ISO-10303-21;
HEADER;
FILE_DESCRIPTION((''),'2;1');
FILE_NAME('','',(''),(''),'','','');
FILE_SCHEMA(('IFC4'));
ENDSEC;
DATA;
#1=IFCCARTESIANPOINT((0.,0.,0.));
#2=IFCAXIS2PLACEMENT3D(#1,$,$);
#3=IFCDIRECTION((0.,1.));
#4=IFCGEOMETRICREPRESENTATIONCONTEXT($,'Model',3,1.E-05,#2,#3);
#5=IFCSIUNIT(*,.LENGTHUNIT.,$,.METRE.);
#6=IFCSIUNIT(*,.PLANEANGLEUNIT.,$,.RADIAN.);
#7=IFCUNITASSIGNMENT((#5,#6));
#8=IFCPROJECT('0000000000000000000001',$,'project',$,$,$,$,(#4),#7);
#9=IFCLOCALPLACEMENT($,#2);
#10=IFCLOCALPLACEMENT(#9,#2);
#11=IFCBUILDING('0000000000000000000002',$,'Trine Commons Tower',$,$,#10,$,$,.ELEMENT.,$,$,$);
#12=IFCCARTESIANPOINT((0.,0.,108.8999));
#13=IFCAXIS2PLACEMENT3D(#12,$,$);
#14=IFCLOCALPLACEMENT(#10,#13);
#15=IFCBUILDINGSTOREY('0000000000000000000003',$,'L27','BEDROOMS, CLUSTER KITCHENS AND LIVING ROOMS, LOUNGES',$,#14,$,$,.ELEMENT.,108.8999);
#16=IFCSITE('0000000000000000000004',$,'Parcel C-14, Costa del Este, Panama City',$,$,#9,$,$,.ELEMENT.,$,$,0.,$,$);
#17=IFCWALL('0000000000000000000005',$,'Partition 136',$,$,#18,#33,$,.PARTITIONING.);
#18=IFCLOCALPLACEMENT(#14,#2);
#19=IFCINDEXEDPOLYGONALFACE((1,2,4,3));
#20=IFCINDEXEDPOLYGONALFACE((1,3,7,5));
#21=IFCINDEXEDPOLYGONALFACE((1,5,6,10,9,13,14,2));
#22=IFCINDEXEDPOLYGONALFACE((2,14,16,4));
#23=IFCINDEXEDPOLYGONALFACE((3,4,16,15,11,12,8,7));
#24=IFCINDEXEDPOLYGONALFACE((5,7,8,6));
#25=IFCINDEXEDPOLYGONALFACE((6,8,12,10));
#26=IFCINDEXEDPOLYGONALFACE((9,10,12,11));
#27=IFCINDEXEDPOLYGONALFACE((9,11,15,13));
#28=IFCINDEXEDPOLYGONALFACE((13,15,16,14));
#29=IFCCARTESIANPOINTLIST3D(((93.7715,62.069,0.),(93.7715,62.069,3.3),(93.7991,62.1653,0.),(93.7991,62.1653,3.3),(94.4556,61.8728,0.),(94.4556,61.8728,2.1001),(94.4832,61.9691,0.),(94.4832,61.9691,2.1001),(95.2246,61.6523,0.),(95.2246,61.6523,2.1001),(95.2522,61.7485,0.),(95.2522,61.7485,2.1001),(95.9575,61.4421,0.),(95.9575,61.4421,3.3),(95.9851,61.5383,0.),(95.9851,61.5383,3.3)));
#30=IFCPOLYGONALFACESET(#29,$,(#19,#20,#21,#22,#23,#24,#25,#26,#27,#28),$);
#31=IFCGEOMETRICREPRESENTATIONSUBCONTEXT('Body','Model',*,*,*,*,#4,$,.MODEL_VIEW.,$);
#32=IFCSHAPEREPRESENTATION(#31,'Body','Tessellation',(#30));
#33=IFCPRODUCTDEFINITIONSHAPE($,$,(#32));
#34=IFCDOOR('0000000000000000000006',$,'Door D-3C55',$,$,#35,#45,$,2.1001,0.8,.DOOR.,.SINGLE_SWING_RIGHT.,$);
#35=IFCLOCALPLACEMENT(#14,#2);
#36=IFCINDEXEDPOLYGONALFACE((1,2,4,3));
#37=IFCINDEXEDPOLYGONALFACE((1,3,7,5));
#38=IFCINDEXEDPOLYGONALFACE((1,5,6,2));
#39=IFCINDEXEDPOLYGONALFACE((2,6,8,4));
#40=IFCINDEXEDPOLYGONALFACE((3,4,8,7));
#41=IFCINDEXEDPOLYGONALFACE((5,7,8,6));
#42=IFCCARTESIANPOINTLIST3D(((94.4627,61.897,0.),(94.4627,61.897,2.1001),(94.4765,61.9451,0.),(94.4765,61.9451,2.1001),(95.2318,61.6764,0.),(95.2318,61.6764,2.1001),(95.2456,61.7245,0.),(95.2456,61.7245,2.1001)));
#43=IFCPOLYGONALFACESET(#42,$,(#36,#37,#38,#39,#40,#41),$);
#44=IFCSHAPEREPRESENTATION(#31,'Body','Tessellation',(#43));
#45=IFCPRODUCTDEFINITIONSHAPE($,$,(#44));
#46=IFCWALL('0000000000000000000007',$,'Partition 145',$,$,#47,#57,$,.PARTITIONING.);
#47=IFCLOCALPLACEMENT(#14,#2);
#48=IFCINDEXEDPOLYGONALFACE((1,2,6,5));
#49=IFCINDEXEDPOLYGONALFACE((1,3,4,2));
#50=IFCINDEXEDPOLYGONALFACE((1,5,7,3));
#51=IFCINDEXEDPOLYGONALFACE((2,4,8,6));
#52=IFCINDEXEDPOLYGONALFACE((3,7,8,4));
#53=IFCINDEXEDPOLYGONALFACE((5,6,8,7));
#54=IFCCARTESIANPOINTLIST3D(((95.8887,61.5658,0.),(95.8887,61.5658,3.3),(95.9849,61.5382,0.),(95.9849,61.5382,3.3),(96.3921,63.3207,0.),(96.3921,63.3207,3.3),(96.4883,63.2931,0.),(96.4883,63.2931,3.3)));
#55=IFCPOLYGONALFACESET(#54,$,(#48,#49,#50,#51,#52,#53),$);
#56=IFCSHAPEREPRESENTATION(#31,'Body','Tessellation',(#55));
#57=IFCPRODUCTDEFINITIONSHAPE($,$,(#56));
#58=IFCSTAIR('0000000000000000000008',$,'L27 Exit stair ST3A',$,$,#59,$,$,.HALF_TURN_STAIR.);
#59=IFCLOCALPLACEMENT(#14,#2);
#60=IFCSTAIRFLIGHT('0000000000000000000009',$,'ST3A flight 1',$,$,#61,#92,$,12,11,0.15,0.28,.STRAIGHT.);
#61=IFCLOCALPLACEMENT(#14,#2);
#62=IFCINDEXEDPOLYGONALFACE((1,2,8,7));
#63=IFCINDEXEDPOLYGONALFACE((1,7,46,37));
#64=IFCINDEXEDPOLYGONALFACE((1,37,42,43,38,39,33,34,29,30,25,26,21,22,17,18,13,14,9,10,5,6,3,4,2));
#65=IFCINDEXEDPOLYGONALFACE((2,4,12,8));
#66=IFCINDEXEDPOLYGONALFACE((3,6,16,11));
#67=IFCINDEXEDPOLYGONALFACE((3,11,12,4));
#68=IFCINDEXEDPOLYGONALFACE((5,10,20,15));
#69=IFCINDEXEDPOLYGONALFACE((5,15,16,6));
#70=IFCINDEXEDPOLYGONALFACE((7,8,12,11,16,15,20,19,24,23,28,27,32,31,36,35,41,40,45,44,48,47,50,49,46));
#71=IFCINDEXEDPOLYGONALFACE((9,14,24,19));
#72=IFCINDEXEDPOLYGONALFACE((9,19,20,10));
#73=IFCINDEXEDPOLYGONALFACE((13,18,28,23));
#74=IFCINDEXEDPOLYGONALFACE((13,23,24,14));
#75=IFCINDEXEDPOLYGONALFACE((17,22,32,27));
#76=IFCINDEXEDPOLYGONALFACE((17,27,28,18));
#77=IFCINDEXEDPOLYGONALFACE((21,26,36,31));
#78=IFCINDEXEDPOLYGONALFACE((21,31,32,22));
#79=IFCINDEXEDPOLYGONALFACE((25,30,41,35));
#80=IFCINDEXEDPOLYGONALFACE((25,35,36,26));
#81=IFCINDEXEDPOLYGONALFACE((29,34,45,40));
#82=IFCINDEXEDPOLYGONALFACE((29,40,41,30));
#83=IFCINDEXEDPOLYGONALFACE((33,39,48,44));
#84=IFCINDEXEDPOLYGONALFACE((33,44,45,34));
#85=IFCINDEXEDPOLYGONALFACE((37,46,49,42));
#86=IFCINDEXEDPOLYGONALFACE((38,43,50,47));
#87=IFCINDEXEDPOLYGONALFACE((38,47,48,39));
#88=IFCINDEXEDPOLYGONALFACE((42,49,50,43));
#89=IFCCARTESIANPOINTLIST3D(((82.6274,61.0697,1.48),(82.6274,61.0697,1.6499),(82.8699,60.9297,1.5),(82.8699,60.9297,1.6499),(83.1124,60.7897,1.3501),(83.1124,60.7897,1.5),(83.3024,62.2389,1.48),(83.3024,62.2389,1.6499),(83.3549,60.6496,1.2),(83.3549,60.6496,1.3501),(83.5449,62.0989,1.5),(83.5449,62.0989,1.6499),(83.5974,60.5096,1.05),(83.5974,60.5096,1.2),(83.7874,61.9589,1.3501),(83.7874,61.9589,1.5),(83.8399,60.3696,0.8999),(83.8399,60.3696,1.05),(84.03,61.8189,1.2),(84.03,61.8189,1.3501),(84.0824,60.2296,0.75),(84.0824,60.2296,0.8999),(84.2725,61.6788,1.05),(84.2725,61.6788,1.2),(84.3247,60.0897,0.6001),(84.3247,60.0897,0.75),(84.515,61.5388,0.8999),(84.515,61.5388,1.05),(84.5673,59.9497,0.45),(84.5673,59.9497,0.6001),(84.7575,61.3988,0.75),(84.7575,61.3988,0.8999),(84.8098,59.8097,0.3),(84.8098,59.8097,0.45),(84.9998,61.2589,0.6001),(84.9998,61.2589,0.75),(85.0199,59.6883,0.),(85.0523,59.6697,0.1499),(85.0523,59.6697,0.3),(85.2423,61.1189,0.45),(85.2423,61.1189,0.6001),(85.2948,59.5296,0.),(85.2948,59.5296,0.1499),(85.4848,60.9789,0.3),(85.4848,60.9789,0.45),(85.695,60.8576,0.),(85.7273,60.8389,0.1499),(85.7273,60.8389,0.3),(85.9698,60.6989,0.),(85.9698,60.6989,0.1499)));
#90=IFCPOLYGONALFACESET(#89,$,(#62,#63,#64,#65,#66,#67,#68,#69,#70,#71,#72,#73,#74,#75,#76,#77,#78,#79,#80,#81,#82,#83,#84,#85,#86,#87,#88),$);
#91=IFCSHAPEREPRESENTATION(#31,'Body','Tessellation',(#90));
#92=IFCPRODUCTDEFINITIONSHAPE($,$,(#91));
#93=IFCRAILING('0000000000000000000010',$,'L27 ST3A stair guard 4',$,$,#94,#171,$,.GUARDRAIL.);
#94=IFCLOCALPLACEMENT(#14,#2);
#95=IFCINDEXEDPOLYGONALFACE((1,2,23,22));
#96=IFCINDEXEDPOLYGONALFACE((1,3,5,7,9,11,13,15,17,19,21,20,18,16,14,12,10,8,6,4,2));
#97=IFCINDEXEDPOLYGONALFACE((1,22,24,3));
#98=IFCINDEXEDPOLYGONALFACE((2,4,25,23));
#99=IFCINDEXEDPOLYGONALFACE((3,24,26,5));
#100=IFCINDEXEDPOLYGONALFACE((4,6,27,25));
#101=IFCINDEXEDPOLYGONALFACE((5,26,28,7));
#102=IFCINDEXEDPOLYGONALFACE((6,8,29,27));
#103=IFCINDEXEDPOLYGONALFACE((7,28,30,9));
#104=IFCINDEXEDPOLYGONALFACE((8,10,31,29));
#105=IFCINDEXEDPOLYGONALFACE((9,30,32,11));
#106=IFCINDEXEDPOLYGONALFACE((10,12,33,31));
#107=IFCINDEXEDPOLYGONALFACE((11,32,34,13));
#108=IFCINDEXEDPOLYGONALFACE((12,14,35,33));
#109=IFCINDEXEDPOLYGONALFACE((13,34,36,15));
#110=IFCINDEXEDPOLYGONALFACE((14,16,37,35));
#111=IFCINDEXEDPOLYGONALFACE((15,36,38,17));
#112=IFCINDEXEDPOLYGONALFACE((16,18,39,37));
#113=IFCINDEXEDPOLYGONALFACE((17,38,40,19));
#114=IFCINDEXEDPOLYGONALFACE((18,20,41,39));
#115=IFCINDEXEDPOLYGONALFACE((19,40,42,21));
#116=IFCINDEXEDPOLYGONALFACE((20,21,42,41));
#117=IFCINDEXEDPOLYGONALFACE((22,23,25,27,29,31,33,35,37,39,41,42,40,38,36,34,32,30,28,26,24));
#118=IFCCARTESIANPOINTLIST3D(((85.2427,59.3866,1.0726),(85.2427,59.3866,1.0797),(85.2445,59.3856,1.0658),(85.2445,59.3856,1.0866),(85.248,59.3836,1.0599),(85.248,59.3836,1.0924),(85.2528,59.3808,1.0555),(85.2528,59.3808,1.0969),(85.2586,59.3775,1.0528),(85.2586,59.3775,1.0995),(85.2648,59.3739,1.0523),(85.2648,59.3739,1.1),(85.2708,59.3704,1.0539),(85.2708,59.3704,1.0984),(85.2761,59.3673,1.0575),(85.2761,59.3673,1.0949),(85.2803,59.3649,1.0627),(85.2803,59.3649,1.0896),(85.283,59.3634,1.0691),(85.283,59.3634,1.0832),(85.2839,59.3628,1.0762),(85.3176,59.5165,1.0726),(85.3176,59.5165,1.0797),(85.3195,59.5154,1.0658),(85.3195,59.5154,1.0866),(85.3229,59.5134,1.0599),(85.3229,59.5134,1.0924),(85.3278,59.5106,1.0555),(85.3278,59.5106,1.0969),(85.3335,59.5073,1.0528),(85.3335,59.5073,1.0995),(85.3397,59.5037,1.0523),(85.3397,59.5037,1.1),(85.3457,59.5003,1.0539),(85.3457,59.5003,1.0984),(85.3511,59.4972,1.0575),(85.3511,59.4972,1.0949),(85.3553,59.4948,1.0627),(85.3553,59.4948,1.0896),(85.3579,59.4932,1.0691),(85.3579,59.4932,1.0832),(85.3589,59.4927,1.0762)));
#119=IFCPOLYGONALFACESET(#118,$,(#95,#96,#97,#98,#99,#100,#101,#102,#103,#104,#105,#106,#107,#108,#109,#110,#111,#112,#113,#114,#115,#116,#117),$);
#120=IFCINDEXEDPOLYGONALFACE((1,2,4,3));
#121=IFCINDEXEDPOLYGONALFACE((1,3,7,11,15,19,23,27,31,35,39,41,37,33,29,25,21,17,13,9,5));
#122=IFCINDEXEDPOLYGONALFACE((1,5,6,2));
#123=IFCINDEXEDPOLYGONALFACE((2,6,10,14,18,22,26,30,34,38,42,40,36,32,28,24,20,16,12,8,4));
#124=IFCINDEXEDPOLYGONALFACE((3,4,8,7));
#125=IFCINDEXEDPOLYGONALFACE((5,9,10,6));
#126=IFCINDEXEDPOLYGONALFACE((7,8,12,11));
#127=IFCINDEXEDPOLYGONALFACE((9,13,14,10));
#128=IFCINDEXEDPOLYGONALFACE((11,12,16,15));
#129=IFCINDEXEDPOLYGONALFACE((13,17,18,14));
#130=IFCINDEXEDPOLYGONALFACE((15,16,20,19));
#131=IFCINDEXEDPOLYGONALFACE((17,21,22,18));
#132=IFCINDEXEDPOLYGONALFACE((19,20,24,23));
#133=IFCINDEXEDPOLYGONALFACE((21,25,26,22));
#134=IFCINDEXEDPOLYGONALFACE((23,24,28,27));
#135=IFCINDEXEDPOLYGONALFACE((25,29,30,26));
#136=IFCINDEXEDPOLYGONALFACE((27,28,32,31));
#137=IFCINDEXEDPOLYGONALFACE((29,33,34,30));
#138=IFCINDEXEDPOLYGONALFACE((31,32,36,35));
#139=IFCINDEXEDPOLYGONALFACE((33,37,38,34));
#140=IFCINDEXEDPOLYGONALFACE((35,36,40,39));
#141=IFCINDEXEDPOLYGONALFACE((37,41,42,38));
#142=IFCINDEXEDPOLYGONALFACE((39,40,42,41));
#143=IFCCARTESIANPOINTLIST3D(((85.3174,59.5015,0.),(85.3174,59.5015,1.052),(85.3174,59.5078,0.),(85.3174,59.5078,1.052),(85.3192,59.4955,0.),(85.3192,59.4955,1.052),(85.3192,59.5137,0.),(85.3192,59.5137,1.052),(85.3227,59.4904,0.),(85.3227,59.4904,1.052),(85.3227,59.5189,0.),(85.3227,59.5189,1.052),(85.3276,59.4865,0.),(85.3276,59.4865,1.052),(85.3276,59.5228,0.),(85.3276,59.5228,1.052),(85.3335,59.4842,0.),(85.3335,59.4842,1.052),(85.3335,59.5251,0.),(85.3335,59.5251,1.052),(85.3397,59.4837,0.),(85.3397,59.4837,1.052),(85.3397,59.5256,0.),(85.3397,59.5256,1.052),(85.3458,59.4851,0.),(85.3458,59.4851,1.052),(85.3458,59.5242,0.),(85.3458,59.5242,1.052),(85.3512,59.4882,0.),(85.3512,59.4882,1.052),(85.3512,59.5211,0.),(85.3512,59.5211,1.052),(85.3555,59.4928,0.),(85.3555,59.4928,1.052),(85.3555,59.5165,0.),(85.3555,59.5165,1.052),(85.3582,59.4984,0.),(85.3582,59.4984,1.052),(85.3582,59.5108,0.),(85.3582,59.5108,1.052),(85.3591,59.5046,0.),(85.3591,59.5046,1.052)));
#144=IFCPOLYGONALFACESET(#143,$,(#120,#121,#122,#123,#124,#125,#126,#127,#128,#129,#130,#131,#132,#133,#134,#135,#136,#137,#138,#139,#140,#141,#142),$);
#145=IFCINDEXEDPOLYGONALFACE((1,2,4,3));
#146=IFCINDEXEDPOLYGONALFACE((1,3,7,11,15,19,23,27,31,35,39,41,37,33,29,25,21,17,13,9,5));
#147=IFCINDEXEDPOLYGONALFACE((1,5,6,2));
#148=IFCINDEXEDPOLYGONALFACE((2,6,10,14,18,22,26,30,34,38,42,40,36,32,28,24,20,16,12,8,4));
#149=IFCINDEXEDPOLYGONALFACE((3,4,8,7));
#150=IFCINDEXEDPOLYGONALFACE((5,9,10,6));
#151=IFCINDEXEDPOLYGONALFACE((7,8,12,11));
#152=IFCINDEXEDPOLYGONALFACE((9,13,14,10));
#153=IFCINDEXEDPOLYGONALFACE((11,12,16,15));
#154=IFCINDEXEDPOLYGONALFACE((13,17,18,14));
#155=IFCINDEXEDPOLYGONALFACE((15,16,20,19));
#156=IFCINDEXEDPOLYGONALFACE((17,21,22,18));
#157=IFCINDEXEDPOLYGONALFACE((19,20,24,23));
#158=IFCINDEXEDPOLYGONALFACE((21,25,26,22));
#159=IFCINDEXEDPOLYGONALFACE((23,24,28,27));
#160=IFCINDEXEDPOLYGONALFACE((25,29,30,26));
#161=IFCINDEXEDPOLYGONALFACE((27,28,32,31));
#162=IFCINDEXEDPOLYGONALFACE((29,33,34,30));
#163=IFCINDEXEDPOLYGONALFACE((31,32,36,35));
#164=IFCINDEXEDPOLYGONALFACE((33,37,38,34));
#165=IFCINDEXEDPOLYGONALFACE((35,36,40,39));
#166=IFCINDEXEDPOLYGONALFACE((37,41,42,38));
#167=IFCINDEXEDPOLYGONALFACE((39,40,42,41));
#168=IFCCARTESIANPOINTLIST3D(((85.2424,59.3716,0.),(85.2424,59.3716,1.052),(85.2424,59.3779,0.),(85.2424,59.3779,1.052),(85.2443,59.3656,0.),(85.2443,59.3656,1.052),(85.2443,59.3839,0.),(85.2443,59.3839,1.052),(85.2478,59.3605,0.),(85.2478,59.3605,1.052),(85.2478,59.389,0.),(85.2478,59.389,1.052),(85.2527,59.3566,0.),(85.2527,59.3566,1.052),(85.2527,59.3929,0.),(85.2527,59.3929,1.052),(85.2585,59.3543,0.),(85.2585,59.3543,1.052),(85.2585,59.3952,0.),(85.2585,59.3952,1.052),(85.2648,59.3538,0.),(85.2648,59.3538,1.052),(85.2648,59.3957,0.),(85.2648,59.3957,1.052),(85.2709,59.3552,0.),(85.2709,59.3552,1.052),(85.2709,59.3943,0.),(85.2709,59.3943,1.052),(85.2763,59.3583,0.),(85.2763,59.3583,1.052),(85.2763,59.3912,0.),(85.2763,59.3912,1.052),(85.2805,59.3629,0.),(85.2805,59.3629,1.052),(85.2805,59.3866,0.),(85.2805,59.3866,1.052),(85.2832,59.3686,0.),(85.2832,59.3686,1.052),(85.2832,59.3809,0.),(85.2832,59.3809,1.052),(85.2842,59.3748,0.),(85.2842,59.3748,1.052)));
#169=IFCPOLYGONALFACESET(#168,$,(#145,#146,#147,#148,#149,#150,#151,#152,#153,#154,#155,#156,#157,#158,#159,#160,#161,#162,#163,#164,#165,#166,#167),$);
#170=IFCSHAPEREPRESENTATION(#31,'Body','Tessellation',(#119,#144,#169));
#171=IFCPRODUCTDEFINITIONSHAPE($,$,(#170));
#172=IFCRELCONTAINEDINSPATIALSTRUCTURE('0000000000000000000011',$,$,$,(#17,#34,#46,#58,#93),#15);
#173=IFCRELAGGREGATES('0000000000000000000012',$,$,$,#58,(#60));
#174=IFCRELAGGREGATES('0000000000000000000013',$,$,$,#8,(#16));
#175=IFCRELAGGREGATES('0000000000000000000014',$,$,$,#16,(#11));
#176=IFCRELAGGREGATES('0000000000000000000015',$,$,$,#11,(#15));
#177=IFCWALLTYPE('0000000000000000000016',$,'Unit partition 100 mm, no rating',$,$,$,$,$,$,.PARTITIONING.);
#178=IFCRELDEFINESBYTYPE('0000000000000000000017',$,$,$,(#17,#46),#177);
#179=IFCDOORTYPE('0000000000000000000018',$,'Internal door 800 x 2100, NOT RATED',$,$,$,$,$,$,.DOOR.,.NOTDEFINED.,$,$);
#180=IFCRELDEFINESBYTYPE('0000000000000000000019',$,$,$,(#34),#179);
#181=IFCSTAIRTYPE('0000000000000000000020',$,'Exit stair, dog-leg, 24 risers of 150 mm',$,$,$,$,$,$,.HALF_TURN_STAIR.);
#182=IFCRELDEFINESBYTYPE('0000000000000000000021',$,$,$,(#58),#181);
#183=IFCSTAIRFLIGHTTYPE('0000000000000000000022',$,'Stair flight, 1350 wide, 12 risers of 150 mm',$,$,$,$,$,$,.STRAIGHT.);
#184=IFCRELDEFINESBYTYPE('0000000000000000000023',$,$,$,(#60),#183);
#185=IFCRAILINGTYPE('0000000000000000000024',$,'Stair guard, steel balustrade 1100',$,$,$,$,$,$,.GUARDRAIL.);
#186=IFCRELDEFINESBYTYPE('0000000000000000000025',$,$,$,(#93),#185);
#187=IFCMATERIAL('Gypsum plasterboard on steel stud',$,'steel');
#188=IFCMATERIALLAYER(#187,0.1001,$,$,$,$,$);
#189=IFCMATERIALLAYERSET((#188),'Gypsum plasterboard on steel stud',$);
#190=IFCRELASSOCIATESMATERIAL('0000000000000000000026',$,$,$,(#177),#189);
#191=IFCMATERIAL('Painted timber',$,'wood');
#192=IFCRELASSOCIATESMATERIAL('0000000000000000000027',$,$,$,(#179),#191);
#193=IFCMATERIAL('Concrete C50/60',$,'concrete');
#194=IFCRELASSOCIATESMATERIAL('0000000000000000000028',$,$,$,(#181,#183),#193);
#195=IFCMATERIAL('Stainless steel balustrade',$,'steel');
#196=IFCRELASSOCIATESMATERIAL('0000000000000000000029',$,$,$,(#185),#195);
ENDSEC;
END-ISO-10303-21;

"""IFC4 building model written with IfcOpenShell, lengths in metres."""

from ifc_helpers import new_model, si_unit, direction, frame, frame_2d, origin, origin_2d, place, context, subcontext, project, spatial, polyline, rectangle, circle, outline, extrude, material, layer, layer_set, type_object, element, fill, aggregate, save


model = new_model("IFC4")

# Units and contexts
model_context = context("Model", 3, precision=1e-05, world=origin(), true_north=direction((0.0, 1.0)))
body_context = subcontext(model_context, "Body", "Model", "MODEL_VIEW")
ifc_project = project(units=[si_unit("LENGTHUNIT", "METRE"), si_unit("PLANEANGLEUNIT", "RADIAN")], contexts=[model_context])

# Site, building, storey
site_placement = place(None, origin())
site = spatial("IfcSite", under=ifc_project, at=site_placement, Name="Parcel C-14, Costa del Este, Panama City", CompositionType="ELEMENT", RefElevation=0.0)
building_placement = place(site_placement, origin())
building = spatial("IfcBuilding", under=site, at=building_placement, Name="Trine Commons Tower", CompositionType="ELEMENT")
storey_placement = place(building_placement, frame((0.0, 0.0, 108.8999)))
storey = spatial("IfcBuildingStorey", under=building, at=storey_placement, Name="L27", Description="BEDROOMS, CLUSTER KITCHENS AND LIVING ROOMS, LOUNGES", CompositionType="ELEMENT", Elevation=108.8999)

# Shared definitions
ifc_material_1 = material(Name="Concrete C50/60", Category="concrete")

# Shared definitions
ifc_material_2 = material(Name="Gypsum plasterboard on steel stud", Category="steel")

# Wall, opening, door
ifc_layer_1 = layer(ifc_material_2, 0.1001)
ifc_layer_set_1 = layer_set([ifc_layer_1], Name="Gypsum plasterboard on steel stud")
wall_type_1 = type_object("IfcWallType", Name="Unit partition 100 mm, no rating", PredefinedType="PARTITIONING", material=ifc_layer_set_1)
ifc_material_3 = material(Name="Painted timber", Category="wood")
door_type_1 = type_object("IfcDoorType", Name="Internal door 800 x 2100, NOT RATED", OperationType="NOTDEFINED", PredefinedType="DOOR", material=ifc_material_3)
wall_1_placement = place(storey_placement, frame((93.7852, 62.1172, 0.0), z_axis=(0.0, 0.0, 1.0), x_axis=(0.961248, -0.275685, 0.0)))
wall_1 = element("IfcWall", 1, at=wall_1_placement, inside=storey, type_object=wall_type_1, Name="Partition 136", PredefinedType="PARTITIONING", context=body_context, shape_type="SweptSolid", body=[
    extrude(rectangle(XDim=2.2742, YDim=0.1001, at=frame_2d((1.1372, 0.0))), origin(), (0.0, 0.0, 1.0), 3.3),
])
opening_1_placement = place(wall_1_placement, frame((0.7119, 0.0, 0.0)))
opening_1 = element("IfcOpeningElement", 2, at=opening_1_placement, cuts=wall_1, PredefinedType="OPENING", context=body_context, shape_type="SweptSolid", body=[
    extrude(rectangle(XDim=0.8, YDim=2.1001, at=frame_2d((0.3999, 1.05))), frame((0.0, 0.0601, 0.0), z_axis=(0.0, -1.0, 0.0), x_axis=(1.0, 0.0, 0.0)), (0.0, 0.0, 1.0), 0.1201),
])
door_1_placement = place(opening_1_placement, frame((0.8, 0.0, 0.0), z_axis=(0.0, 0.0, 1.0), x_axis=(-1.0, 0.0, 0.0)))
door_1 = element("IfcDoor", 3, at=door_1_placement, inside=storey, type_object=door_type_1, Name="Door D-3C55", OperationType="SINGLE_SWING_RIGHT", OverallHeight=2.1001, OverallWidth=0.8, PredefinedType="DOOR", context=body_context, shape_type="SweptSolid", body=[
    extrude(rectangle(XDim=0.8, YDim=2.1001, at=frame_2d((0.3999, 1.05))), frame((0.0, 0.0249, 0.0), z_axis=(0.0, -1.0, 0.0), x_axis=(1.0, 0.0, 0.0)), (0.0, 0.0, 1.0), 0.05),
])
fill(opening_1, door_1)

# Wall
wall_2_placement = place(storey_placement, frame((95.9368, 61.552, 0.0), z_axis=(0.0, 0.0, 1.0), x_axis=(0.275745, 0.961231, 0.0)))
element("IfcWall", 4, at=wall_2_placement, inside=storey, type_object=wall_type_1, Name="Partition 145", PredefinedType="PARTITIONING", context=body_context, shape_type="SweptSolid", body=[
    extrude(rectangle(XDim=1.8257, YDim=0.1001, at=frame_2d((0.9128, 0.0))), origin(), (0.0, 0.0, 1.0), 3.3),
])

# Stair, stair flight
stair_type = type_object("IfcStairType", Name="Exit stair, dog-leg, 24 risers of 150 mm", PredefinedType="HALF_TURN_STAIR", material=ifc_material_1)
stair_placement = place(storey_placement, origin())
stair = element("IfcStair", 5, at=stair_placement, inside=storey, type_object=stair_type, Name="L27 Exit stair ST3A", PredefinedType="HALF_TURN_STAIR")
stair_flight_type = type_object("IfcStairFlightType", Name="Stair flight, 1350 wide, 12 risers of 150 mm", PredefinedType="STRAIGHT", material=ifc_material_1)
stair_flight_placement = place(storey_placement, frame((85.6323, 60.1143, 0.0), z_axis=(0.0, 0.0, 1.0), x_axis=(-0.866025, 0.5, 0.0)))
stair_flight = element("IfcStairFlight", 6, at=stair_flight_placement, type_object=stair_flight_type, Name="ST3A flight 1", NumberOfRisers=12, NumberOfTreads=11, PredefinedType="STRAIGHT", RiserHeight=0.15, TreadLength=0.28, context=body_context, shape_type="SweptSolid", body=[
    extrude(outline(polyline([(0.0, 0.0), (0.0, 0.1499), (0.28, 0.1499), (0.28, 0.3), (0.5601, 0.3), (0.5601, 0.45), (0.8401, 0.45), (0.8401, 0.6001), (1.1201, 0.6001), (1.1201, 0.75), (1.3999, 0.75), (1.3999, 0.8999), (1.6799, 0.8999), (1.6799, 1.05), (1.96, 1.05), (1.96, 1.2), (2.24, 1.2), (2.24, 1.3501), (2.52, 1.3501), (2.52, 1.5), (2.8, 1.5), (2.8, 1.6499), (3.0801, 1.6499), (3.0801, 1.8), (3.0801, 1.48), (0.3174, 0.0), (0.0, 0.0)])), frame((0.0, 0.675, 0.0), z_axis=(0.0, -1.0, 0.0), x_axis=(1.0, 0.0, 0.0)), (0.0, 0.0, 1.0), 1.3501),
])
aggregate(stair, [stair_flight])

# Railing
ifc_material_4 = material(Name="Stainless steel balustrade", Category="steel")
railing_type_1 = type_object("IfcRailingType", Name="Stair guard, steel balustrade 1100", PredefinedType="GUARDRAIL", material=ifc_material_4)
railing_1_placement = place(storey_placement, frame((85.3381, 59.5046, 0.0)))
element("IfcRailing", 7, at=railing_1_placement, inside=storey, type_object=railing_type_1, Name="L27 ST3A stair guard 4", PredefinedType="GUARDRAIL", context=body_context, shape_type="SweptSolid", body=[
    extrude(circle(Radius=0.0239, at=origin_2d()), frame((0.0, 0.0, 1.0762), z_axis=(-0.499816, -0.866131, 0.0), x_axis=(0.866131, -0.499816, 0.0)), (0.0, 0.0, 1.0), 0.1499),
    extrude(circle(Radius=0.021, at=origin_2d()), origin(), (0.0, 0.0, 1.0), 1.052),
    extrude(circle(Radius=0.021, at=origin_2d()), frame((-0.075, -0.1299, 0.0)), (0.0, 0.0, 1.0), 1.052),
])

save(model, "model.ifc")
